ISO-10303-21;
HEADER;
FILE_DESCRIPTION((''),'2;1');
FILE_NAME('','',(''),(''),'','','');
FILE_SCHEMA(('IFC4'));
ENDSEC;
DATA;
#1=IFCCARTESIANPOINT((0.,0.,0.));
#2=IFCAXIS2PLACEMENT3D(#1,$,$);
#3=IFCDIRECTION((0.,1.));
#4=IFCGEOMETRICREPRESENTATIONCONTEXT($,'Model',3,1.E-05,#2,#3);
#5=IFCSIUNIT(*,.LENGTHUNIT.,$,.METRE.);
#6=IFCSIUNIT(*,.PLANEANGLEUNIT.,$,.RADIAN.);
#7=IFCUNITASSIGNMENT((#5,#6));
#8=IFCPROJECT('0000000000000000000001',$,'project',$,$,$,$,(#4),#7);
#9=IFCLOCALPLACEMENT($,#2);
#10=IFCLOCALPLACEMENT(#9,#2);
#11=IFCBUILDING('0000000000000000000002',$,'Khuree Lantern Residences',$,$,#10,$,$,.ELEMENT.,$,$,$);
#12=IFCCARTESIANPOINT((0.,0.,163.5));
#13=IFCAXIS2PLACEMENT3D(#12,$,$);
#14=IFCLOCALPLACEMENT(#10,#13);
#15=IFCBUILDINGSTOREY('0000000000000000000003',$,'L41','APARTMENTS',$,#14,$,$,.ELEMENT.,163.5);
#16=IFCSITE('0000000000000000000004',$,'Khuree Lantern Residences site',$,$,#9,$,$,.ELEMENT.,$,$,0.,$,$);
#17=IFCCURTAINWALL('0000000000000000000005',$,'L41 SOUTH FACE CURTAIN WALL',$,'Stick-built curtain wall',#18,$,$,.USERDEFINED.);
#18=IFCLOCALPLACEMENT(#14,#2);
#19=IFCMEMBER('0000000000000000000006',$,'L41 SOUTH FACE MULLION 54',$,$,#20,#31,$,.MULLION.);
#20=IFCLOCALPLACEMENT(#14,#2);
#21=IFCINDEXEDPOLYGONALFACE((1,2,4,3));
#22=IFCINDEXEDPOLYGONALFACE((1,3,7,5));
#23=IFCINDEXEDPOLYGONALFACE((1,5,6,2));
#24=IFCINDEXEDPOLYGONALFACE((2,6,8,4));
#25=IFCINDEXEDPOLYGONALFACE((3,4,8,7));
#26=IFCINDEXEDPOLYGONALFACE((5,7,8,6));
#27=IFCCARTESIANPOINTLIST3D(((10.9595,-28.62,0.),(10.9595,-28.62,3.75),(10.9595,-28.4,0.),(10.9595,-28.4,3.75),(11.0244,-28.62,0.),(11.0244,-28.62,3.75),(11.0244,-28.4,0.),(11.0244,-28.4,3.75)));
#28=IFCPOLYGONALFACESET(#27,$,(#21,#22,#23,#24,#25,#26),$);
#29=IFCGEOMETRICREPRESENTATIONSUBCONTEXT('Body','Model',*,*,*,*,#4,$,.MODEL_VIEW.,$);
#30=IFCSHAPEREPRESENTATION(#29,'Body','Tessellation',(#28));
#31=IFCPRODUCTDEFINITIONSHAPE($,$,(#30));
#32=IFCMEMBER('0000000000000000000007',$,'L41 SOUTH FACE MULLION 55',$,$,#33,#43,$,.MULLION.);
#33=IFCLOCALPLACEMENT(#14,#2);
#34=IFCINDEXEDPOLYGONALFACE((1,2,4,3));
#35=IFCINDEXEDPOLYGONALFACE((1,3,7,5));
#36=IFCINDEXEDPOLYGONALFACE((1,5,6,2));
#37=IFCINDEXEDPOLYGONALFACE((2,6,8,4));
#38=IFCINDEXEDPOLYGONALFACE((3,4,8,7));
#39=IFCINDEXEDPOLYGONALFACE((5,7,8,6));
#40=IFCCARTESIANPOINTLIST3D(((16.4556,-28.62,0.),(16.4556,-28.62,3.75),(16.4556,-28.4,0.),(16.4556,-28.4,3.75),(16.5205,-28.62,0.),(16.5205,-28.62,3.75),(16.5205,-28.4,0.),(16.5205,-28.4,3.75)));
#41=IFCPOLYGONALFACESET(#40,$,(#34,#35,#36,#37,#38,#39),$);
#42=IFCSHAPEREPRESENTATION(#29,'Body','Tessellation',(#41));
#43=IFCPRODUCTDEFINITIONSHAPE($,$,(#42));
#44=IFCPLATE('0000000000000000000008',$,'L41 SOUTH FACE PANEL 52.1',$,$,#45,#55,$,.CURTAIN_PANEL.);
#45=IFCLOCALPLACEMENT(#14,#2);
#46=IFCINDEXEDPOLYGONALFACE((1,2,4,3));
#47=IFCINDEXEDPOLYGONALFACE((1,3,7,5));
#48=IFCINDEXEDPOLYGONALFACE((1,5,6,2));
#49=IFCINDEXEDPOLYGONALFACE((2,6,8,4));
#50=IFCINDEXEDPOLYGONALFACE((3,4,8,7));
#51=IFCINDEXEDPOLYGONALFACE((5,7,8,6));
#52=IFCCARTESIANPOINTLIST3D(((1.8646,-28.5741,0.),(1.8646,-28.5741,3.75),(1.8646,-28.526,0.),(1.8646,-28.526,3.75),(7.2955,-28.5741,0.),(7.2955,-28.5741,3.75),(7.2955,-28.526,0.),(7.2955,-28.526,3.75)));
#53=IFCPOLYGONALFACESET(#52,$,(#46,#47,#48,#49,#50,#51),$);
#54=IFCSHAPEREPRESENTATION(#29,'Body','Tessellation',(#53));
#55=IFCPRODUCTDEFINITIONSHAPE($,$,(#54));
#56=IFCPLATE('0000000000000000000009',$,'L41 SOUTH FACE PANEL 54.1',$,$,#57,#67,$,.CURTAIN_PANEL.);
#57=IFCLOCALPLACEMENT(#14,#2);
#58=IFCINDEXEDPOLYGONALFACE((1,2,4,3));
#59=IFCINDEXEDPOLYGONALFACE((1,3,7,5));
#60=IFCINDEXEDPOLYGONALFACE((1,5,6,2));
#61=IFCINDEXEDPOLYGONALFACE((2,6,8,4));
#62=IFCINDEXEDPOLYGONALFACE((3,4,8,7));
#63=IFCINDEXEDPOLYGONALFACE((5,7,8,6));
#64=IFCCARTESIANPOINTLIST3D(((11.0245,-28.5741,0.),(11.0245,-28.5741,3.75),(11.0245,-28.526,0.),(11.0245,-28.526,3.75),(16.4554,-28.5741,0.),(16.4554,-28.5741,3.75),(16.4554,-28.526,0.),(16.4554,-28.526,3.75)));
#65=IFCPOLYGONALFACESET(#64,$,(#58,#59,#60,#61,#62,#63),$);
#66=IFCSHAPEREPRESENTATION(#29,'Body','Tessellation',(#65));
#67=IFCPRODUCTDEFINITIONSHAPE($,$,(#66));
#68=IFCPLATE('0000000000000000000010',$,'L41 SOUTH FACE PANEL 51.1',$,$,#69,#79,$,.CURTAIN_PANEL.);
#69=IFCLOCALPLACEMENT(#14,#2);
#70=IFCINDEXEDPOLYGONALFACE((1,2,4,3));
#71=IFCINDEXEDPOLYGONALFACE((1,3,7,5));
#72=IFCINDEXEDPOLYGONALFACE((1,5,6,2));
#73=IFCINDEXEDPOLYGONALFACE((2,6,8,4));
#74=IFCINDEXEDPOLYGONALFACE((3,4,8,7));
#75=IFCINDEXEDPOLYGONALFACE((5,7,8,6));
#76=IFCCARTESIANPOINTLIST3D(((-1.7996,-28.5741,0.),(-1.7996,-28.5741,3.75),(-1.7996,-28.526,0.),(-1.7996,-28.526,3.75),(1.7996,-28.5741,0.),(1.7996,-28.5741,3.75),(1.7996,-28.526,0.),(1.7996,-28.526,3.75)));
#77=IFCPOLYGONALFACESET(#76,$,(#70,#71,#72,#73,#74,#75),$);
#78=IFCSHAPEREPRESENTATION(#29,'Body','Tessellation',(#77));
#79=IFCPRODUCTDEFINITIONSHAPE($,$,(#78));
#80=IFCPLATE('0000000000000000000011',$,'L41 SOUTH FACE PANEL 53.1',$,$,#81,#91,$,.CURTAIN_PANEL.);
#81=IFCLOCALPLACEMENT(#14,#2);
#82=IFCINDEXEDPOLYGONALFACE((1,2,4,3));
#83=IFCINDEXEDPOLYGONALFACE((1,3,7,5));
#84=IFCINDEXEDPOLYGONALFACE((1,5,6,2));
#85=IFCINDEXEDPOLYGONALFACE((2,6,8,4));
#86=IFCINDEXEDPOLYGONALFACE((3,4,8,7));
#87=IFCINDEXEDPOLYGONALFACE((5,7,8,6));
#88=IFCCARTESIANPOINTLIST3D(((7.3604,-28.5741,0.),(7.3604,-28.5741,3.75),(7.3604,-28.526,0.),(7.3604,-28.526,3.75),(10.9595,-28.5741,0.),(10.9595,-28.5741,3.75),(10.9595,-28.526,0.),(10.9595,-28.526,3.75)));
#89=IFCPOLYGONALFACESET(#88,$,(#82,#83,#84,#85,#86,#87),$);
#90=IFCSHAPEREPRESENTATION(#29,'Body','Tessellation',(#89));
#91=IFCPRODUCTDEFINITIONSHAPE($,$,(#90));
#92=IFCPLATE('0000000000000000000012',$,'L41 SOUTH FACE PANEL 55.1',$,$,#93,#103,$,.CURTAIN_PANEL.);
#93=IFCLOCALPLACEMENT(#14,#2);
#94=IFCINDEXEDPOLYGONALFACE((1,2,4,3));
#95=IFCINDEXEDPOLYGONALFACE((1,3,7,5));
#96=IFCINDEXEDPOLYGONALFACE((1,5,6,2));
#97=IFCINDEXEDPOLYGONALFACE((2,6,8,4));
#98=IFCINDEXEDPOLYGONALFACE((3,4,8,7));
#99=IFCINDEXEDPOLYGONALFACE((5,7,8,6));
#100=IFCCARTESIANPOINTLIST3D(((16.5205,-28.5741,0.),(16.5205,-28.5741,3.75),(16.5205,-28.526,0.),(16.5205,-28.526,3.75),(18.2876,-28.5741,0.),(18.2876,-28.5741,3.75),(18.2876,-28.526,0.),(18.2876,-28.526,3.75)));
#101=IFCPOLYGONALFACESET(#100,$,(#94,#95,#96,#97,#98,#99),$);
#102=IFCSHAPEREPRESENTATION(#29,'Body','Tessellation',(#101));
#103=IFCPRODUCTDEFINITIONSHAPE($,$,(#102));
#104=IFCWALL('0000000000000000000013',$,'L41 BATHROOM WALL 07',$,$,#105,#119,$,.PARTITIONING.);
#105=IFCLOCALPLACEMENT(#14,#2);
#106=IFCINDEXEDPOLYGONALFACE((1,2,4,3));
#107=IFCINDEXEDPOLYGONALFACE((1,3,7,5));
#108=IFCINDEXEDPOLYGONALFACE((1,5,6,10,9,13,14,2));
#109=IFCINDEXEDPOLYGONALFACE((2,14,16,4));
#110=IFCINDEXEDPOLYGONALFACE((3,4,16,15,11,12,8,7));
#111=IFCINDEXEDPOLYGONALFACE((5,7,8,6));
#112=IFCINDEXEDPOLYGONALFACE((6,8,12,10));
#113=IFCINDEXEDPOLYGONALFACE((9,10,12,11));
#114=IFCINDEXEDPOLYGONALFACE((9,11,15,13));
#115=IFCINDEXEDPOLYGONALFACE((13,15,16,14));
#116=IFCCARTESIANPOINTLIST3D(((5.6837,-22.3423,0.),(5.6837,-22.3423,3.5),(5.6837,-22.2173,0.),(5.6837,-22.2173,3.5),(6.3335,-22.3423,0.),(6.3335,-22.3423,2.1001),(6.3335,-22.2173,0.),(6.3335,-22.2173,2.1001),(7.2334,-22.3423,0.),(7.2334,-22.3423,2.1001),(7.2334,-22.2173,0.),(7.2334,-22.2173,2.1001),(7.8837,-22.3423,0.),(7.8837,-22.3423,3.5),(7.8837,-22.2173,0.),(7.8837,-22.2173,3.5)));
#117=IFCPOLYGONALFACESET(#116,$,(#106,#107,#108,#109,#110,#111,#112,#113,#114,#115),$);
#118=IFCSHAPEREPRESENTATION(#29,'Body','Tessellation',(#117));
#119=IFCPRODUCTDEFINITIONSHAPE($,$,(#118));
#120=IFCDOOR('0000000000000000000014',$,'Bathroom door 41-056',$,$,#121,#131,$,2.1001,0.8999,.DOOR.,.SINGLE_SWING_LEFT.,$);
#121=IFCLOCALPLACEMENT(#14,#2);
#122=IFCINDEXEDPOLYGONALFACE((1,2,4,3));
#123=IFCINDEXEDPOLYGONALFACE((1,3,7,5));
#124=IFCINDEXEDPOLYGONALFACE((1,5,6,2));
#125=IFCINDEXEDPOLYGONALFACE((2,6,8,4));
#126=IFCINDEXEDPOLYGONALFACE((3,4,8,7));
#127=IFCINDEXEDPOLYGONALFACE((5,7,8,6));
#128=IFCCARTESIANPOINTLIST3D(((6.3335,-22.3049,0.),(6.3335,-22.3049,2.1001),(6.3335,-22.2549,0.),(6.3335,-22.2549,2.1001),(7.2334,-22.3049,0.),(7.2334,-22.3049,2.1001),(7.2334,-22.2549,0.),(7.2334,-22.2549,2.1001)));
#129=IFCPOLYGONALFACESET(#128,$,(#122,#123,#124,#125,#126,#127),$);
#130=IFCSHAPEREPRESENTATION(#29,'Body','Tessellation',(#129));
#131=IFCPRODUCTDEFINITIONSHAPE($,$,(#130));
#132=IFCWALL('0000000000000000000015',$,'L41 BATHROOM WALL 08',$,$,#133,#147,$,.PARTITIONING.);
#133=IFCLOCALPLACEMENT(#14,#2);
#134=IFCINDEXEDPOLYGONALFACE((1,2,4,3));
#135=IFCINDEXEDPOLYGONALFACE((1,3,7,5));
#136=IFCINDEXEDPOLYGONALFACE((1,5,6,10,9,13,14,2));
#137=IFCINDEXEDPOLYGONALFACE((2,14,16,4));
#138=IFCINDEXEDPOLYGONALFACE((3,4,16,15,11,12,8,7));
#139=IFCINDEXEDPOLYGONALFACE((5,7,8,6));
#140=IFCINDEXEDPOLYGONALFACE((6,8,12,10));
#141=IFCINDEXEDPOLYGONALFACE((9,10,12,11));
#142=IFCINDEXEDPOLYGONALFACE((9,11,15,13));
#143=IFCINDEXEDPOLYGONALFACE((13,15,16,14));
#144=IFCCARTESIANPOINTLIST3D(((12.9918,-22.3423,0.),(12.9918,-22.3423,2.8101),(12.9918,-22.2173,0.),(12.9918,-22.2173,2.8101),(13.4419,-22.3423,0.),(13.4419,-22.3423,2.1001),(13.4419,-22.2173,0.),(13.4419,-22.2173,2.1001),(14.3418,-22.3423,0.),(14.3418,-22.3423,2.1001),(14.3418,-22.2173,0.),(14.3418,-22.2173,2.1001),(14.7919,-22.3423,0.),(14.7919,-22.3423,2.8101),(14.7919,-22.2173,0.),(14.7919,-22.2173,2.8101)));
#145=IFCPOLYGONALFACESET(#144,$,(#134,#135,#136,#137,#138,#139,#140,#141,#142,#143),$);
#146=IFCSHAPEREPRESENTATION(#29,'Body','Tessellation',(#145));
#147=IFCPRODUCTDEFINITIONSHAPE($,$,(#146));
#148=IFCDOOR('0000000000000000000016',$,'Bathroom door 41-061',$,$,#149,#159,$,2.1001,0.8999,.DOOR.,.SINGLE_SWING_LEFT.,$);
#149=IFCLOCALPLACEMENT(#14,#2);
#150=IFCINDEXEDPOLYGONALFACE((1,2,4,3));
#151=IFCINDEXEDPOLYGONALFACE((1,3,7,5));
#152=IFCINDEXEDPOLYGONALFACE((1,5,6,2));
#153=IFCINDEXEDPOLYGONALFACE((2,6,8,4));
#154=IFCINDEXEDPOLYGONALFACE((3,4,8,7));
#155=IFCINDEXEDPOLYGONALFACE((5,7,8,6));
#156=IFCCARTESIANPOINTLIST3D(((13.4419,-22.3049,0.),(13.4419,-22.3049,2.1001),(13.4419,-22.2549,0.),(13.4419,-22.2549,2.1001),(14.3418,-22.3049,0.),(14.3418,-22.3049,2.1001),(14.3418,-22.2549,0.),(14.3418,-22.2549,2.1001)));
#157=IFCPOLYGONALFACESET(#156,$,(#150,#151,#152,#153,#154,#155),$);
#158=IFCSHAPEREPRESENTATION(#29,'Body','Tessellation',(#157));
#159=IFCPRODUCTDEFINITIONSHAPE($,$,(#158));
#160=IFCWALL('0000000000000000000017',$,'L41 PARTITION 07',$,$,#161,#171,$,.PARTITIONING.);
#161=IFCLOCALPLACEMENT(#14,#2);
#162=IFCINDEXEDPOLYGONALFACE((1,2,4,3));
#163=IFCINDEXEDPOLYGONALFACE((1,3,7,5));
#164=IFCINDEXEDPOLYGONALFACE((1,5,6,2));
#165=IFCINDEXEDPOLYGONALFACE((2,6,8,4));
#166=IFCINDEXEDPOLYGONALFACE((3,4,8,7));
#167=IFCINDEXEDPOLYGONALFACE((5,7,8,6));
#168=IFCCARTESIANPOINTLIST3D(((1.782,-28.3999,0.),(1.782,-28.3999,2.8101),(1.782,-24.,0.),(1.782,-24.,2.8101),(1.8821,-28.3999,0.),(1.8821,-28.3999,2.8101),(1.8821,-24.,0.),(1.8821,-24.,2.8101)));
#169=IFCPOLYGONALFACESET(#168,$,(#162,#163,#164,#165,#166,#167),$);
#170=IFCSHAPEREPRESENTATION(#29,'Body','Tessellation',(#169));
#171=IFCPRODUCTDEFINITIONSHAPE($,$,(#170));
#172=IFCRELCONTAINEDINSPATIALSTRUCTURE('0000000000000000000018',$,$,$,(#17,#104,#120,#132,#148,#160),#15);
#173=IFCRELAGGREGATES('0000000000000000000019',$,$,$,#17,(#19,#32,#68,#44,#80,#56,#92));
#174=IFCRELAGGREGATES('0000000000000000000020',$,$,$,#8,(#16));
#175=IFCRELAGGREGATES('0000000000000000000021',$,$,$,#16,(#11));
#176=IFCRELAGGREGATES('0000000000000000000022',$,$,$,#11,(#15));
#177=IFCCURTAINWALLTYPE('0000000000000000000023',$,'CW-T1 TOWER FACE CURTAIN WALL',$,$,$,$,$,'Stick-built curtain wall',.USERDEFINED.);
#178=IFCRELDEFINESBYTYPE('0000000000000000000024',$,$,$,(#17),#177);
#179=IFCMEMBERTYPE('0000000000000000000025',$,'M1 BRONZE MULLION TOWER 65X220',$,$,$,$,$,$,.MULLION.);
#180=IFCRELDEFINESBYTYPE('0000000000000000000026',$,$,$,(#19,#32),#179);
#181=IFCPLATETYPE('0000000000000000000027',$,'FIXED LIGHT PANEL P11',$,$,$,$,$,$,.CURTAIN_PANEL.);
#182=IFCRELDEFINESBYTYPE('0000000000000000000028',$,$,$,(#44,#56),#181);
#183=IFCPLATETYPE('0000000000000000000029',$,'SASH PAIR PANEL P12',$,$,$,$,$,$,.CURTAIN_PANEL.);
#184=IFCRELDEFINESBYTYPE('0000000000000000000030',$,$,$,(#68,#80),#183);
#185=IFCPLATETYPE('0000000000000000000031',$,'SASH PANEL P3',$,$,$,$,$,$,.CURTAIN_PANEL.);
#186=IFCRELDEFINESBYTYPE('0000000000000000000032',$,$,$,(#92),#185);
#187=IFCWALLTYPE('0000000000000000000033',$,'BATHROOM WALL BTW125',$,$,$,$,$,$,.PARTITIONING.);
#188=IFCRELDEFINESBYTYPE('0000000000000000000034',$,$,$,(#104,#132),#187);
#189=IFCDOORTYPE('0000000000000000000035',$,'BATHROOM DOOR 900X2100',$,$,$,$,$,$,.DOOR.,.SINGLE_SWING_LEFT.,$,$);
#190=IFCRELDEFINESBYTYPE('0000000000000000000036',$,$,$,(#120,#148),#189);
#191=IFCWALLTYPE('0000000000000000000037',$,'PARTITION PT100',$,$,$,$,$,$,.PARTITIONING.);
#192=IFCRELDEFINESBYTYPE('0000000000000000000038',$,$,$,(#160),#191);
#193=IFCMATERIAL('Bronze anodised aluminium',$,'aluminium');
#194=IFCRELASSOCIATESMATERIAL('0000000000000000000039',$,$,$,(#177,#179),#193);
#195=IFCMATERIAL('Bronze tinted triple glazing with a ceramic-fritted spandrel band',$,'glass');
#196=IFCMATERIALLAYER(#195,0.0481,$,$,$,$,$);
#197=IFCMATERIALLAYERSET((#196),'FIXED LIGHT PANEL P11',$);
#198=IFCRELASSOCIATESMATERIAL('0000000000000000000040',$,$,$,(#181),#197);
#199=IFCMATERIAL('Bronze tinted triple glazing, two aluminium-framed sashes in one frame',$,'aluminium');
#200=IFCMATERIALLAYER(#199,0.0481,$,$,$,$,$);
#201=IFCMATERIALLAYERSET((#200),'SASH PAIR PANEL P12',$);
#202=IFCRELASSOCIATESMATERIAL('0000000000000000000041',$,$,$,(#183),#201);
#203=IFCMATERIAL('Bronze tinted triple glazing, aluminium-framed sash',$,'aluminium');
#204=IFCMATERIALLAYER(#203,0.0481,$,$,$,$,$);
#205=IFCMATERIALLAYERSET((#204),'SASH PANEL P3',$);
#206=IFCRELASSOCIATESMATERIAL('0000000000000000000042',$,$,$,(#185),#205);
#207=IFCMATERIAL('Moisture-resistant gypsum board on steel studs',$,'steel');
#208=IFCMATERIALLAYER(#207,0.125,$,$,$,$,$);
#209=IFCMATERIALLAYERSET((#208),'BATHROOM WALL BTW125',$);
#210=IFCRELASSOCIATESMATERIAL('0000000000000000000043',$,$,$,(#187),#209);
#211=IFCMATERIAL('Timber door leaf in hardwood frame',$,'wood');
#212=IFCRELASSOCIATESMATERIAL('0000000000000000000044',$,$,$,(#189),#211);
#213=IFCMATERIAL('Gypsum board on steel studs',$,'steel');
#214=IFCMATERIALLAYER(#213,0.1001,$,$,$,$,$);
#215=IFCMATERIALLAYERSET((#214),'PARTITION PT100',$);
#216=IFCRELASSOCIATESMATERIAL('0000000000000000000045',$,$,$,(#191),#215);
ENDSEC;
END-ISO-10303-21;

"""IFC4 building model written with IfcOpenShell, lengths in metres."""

from ifc_helpers import new_model, si_unit, direction, frame, frame_2d, origin, origin_2d, place, context, subcontext, project, spatial, rectangle, extrude, material, layer, layer_set, material_profile, profile_set, type_object, element, fill, aggregate, save


model = new_model("IFC4")

# Units and contexts
model_context = context("Model", 3, precision=1e-05, world=origin(), true_north=direction((0.0, 1.0)))
body_context = subcontext(model_context, "Body", "Model", "MODEL_VIEW")
ifc_project = project(units=[si_unit("LENGTHUNIT", "METRE"), si_unit("PLANEANGLEUNIT", "RADIAN")], contexts=[model_context])

# Site, building, storey
site_placement = place(None, origin())
site = spatial("IfcSite", under=ifc_project, at=site_placement, Name="Khuree Lantern Residences site", CompositionType="ELEMENT", RefElevation=0.0)
building_placement = place(site_placement, origin())
building = spatial("IfcBuilding", under=site, at=building_placement, Name="Khuree Lantern Residences", CompositionType="ELEMENT")
storey_placement = place(building_placement, frame((0.0, 0.0, 163.5)))
storey = spatial("IfcBuildingStorey", under=building, at=storey_placement, Name="L41", Description="APARTMENTS", CompositionType="ELEMENT", Elevation=163.5)

# Curtain wall
ifc_material_1 = material(Name="Bronze anodised aluminium", Category="aluminium")
curtain_wall_type = type_object("IfcCurtainWallType", Name="CW-T1 TOWER FACE CURTAIN WALL", ElementType="Stick-built curtain wall", PredefinedType="USERDEFINED", material=ifc_material_1)
curtain_wall_placement = place(storey_placement, origin())
curtain_wall = element("IfcCurtainWall", 1, at=curtain_wall_placement, inside=storey, type_object=curtain_wall_type, Name="L41 SOUTH FACE CURTAIN WALL", ObjectType="Stick-built curtain wall", PredefinedType="USERDEFINED")

# Members
ifc_material_profile_1 = material_profile(ifc_material_1, rectangle(XDim=0.0649, YDim=0.22, at=origin_2d()), Name="M1 65X220")
ifc_profile_set_1 = profile_set([ifc_material_profile_1], Name="Bronze anodised aluminium")
member_type_1 = type_object("IfcMemberType", Name="M1 BRONZE MULLION TOWER 65X220", PredefinedType="MULLION", material=ifc_profile_set_1)
member_1_placement = place(storey_placement, frame((10.9919, -28.51, 0.0), z_axis=(0.0, 0.0, 1.0), x_axis=(1.0, 0.0, 0.0)))
member_1 = element("IfcMember", 2, at=member_1_placement, type_object=member_type_1, Name="L41 SOUTH FACE MULLION 54", PredefinedType="MULLION", context=body_context, shape_type="SweptSolid", body=[
    extrude(rectangle(XDim=0.0649, YDim=0.22, at=origin_2d()), origin(), (0.0, 0.0, 1.0), 3.75),
])
member_2_placement = place(storey_placement, frame((16.488, -28.51, 0.0), z_axis=(0.0, 0.0, 1.0), x_axis=(1.0, 0.0, 0.0)))
member_2 = element("IfcMember", 3, at=member_2_placement, type_object=member_type_1, Name="L41 SOUTH FACE MULLION 55", PredefinedType="MULLION", context=body_context, shape_type="SweptSolid", body=[
    extrude(rectangle(XDim=0.0649, YDim=0.22, at=origin_2d()), origin(), (0.0, 0.0, 1.0), 3.75),
])

# Plates
ifc_material_2 = material(Name="Bronze tinted triple glazing with a ceramic-fritted spandrel band", Category="glass")
ifc_layer_1 = layer(ifc_material_2, 0.0481)
ifc_layer_set_1 = layer_set([ifc_layer_1], Name="FIXED LIGHT PANEL P11")
plate_type_1 = type_object("IfcPlateType", Name="FIXED LIGHT PANEL P11", PredefinedType="CURTAIN_PANEL", material=ifc_layer_set_1)
plate_1_placement = place(storey_placement, frame((4.5801, -28.55, 0.0), z_axis=(0.0, 0.0, 1.0), x_axis=(1.0, 0.0, 0.0)))
plate_1 = element("IfcPlate", 4, at=plate_1_placement, type_object=plate_type_1, Name="L41 SOUTH FACE PANEL 52.1", PredefinedType="CURTAIN_PANEL", context=body_context, shape_type="SweptSolid", body=[
    extrude(rectangle(XDim=5.4309, YDim=0.0481, at=origin_2d()), origin(), (0.0, 0.0, 1.0), 3.75),
])
plate_2_placement = place(storey_placement, frame((13.74, -28.55, 0.0), z_axis=(0.0, 0.0, 1.0), x_axis=(1.0, 0.0, 0.0)))
plate_2 = element("IfcPlate", 5, at=plate_2_placement, type_object=plate_type_1, Name="L41 SOUTH FACE PANEL 54.1", PredefinedType="CURTAIN_PANEL", context=body_context, shape_type="SweptSolid", body=[
    extrude(rectangle(XDim=5.4309, YDim=0.0481, at=origin_2d()), origin(), (0.0, 0.0, 1.0), 3.75),
])
ifc_material_3 = material(Name="Bronze tinted triple glazing, two aluminium-framed sashes in one frame", Category="aluminium")
ifc_layer_2 = layer(ifc_material_3, 0.0481)
ifc_layer_set_2 = layer_set([ifc_layer_2], Name="SASH PAIR PANEL P12")
plate_type_2 = type_object("IfcPlateType", Name="SASH PAIR PANEL P12", PredefinedType="CURTAIN_PANEL", material=ifc_layer_set_2)
plate_3_placement = place(storey_placement, frame((0.0, -28.55, 0.0), z_axis=(0.0, 0.0, 1.0), x_axis=(1.0, 0.0, 0.0)))
plate_3 = element("IfcPlate", 6, at=plate_3_placement, type_object=plate_type_2, Name="L41 SOUTH FACE PANEL 51.1", PredefinedType="CURTAIN_PANEL", context=body_context, shape_type="SweptSolid", body=[
    extrude(rectangle(XDim=3.5991, YDim=0.0481, at=origin_2d()), origin(), (0.0, 0.0, 1.0), 3.75),
])
plate_4_placement = place(storey_placement, frame((9.1599, -28.55, 0.0), z_axis=(0.0, 0.0, 1.0), x_axis=(1.0, 0.0, 0.0)))
plate_4 = element("IfcPlate", 7, at=plate_4_placement, type_object=plate_type_2, Name="L41 SOUTH FACE PANEL 53.1", PredefinedType="CURTAIN_PANEL", context=body_context, shape_type="SweptSolid", body=[
    extrude(rectangle(XDim=3.5991, YDim=0.0481, at=origin_2d()), origin(), (0.0, 0.0, 1.0), 3.75),
])
ifc_material_4 = material(Name="Bronze tinted triple glazing, aluminium-framed sash", Category="aluminium")
ifc_layer_3 = layer(ifc_material_4, 0.0481)
ifc_layer_set_3 = layer_set([ifc_layer_3], Name="SASH PANEL P3")
plate_type_3 = type_object("IfcPlateType", Name="SASH PANEL P3", PredefinedType="CURTAIN_PANEL", material=ifc_layer_set_3)
plate_5_placement = place(storey_placement, frame((17.4041, -28.55, 0.0), z_axis=(0.0, 0.0, 1.0), x_axis=(1.0, 0.0, 0.0)))
plate_5 = element("IfcPlate", 8, at=plate_5_placement, type_object=plate_type_3, Name="L41 SOUTH FACE PANEL 55.1", PredefinedType="CURTAIN_PANEL", context=body_context, shape_type="SweptSolid", body=[
    extrude(rectangle(XDim=1.7671, YDim=0.0481, at=origin_2d()), origin(), (0.0, 0.0, 1.0), 3.75),
])
aggregate(curtain_wall, [member_1, member_2, plate_3, plate_1, plate_4, plate_2, plate_5])

# Walls, openings, doors
ifc_material_5 = material(Name="Moisture-resistant gypsum board on steel studs", Category="steel")
ifc_layer_4 = layer(ifc_material_5, 0.125)
ifc_layer_set_4 = layer_set([ifc_layer_4], Name="BATHROOM WALL BTW125")
wall_type_1 = type_object("IfcWallType", Name="BATHROOM WALL BTW125", PredefinedType="PARTITIONING", material=ifc_layer_set_4)
wall_1_placement = place(storey_placement, frame((5.6836, -22.2798, 0.0), z_axis=(0.0, 0.0, 1.0), x_axis=(1.0, 0.0, 0.0)))
wall_1 = element("IfcWall", 9, at=wall_1_placement, inside=storey, type_object=wall_type_1, Name="L41 BATHROOM WALL 07", PredefinedType="PARTITIONING", context=body_context, shape_type="SweptSolid", body=[
    extrude(rectangle(XDim=2.2, YDim=0.125, at=frame_2d((1.1001, 0.0))), origin(), (0.0, 0.0, 1.0), 3.5),
])
opening_1_placement = place(wall_1_placement, frame((0.6499, 0.0, 0.0)))
opening_1 = element("IfcOpeningElement", 10, at=opening_1_placement, cuts=wall_1, PredefinedType="OPENING", context=body_context, shape_type="SweptSolid", body=[
    extrude(rectangle(XDim=0.8999, YDim=2.1001, at=frame_2d((0.45, 1.05))), frame((0.0, 0.0725, 0.0), z_axis=(0.0, -1.0, 0.0), x_axis=(1.0, 0.0, 0.0)), (0.0, 0.0, 1.0), 0.145),
])
ifc_material_6 = material(Name="Timber door leaf in hardwood frame", Category="wood")
door_type_1 = type_object("IfcDoorType", Name="BATHROOM DOOR 900X2100", OperationType="SINGLE_SWING_LEFT", PredefinedType="DOOR", material=ifc_material_6)
door_1_placement = place(opening_1_placement, origin())
door_1 = element("IfcDoor", 11, at=door_1_placement, inside=storey, type_object=door_type_1, Name="Bathroom door 41-056", OperationType="SINGLE_SWING_LEFT", OverallHeight=2.1001, OverallWidth=0.8999, PredefinedType="DOOR", context=body_context, shape_type="SweptSolid", body=[
    extrude(rectangle(XDim=0.8999, YDim=2.1001, at=frame_2d((0.45, 1.05))), frame((0.0, 0.0249, 0.0), z_axis=(0.0, -1.0, 0.0), x_axis=(1.0, 0.0, 0.0)), (0.0, 0.0, 1.0), 0.05),
])
fill(opening_1, door_1)
wall_2_placement = place(storey_placement, frame((12.9919, -22.2798, 0.0), z_axis=(0.0, 0.0, 1.0), x_axis=(1.0, 0.0, 0.0)))
wall_2 = element("IfcWall", 12, at=wall_2_placement, inside=storey, type_object=wall_type_1, Name="L41 BATHROOM WALL 08", PredefinedType="PARTITIONING", context=body_context, shape_type="SweptSolid", body=[
    extrude(rectangle(XDim=1.8, YDim=0.125, at=frame_2d((0.8999, 0.0))), origin(), (0.0, 0.0, 1.0), 2.8101),
])
opening_2_placement = place(wall_2_placement, frame((0.45, 0.0, 0.0)))
opening_2 = element("IfcOpeningElement", 13, at=opening_2_placement, cuts=wall_2, PredefinedType="OPENING", context=body_context, shape_type="SweptSolid", body=[
    extrude(rectangle(XDim=0.8999, YDim=2.1001, at=frame_2d((0.45, 1.05))), frame((0.0, 0.0725, 0.0), z_axis=(0.0, -1.0, 0.0), x_axis=(1.0, 0.0, 0.0)), (0.0, 0.0, 1.0), 0.145),
])
door_2_placement = place(opening_2_placement, origin())
door_2 = element("IfcDoor", 14, at=door_2_placement, inside=storey, type_object=door_type_1, Name="Bathroom door 41-061", OperationType="SINGLE_SWING_LEFT", OverallHeight=2.1001, OverallWidth=0.8999, PredefinedType="DOOR", context=body_context, shape_type="SweptSolid", body=[
    extrude(rectangle(XDim=0.8999, YDim=2.1001, at=frame_2d((0.45, 1.05))), frame((0.0, 0.0249, 0.0), z_axis=(0.0, -1.0, 0.0), x_axis=(1.0, 0.0, 0.0)), (0.0, 0.0, 1.0), 0.05),
])
fill(opening_2, door_2)

# Wall
ifc_material_7 = material(Name="Gypsum board on steel studs", Category="steel")
ifc_layer_5 = layer(ifc_material_7, 0.1001)
ifc_layer_set_5 = layer_set([ifc_layer_5], Name="PARTITION PT100")
wall_type_2 = type_object("IfcWallType", Name="PARTITION PT100", PredefinedType="PARTITIONING", material=ifc_layer_set_5)
for number, where, z_axis, x_axis, name in (
    (15, (1.832, -24.0, 0.0), (0.0, 0.0, 1.0), (0.0, -1.0, 0.0), "L41 PARTITION 07"),
):
    element("IfcWall", number, at=place(storey_placement, frame(where, z_axis=z_axis, x_axis=x_axis)), inside=storey, type_object=wall_type_2, Name=name, PredefinedType="PARTITIONING", context=body_context, shape_type="SweptSolid", body=[
        extrude(rectangle(XDim=4.3999, YDim=0.1001, at=frame_2d((2.2, 0.0))), origin(), (0.0, 0.0, 1.0), 2.8101),
    ])

save(model, "model.ifc")
